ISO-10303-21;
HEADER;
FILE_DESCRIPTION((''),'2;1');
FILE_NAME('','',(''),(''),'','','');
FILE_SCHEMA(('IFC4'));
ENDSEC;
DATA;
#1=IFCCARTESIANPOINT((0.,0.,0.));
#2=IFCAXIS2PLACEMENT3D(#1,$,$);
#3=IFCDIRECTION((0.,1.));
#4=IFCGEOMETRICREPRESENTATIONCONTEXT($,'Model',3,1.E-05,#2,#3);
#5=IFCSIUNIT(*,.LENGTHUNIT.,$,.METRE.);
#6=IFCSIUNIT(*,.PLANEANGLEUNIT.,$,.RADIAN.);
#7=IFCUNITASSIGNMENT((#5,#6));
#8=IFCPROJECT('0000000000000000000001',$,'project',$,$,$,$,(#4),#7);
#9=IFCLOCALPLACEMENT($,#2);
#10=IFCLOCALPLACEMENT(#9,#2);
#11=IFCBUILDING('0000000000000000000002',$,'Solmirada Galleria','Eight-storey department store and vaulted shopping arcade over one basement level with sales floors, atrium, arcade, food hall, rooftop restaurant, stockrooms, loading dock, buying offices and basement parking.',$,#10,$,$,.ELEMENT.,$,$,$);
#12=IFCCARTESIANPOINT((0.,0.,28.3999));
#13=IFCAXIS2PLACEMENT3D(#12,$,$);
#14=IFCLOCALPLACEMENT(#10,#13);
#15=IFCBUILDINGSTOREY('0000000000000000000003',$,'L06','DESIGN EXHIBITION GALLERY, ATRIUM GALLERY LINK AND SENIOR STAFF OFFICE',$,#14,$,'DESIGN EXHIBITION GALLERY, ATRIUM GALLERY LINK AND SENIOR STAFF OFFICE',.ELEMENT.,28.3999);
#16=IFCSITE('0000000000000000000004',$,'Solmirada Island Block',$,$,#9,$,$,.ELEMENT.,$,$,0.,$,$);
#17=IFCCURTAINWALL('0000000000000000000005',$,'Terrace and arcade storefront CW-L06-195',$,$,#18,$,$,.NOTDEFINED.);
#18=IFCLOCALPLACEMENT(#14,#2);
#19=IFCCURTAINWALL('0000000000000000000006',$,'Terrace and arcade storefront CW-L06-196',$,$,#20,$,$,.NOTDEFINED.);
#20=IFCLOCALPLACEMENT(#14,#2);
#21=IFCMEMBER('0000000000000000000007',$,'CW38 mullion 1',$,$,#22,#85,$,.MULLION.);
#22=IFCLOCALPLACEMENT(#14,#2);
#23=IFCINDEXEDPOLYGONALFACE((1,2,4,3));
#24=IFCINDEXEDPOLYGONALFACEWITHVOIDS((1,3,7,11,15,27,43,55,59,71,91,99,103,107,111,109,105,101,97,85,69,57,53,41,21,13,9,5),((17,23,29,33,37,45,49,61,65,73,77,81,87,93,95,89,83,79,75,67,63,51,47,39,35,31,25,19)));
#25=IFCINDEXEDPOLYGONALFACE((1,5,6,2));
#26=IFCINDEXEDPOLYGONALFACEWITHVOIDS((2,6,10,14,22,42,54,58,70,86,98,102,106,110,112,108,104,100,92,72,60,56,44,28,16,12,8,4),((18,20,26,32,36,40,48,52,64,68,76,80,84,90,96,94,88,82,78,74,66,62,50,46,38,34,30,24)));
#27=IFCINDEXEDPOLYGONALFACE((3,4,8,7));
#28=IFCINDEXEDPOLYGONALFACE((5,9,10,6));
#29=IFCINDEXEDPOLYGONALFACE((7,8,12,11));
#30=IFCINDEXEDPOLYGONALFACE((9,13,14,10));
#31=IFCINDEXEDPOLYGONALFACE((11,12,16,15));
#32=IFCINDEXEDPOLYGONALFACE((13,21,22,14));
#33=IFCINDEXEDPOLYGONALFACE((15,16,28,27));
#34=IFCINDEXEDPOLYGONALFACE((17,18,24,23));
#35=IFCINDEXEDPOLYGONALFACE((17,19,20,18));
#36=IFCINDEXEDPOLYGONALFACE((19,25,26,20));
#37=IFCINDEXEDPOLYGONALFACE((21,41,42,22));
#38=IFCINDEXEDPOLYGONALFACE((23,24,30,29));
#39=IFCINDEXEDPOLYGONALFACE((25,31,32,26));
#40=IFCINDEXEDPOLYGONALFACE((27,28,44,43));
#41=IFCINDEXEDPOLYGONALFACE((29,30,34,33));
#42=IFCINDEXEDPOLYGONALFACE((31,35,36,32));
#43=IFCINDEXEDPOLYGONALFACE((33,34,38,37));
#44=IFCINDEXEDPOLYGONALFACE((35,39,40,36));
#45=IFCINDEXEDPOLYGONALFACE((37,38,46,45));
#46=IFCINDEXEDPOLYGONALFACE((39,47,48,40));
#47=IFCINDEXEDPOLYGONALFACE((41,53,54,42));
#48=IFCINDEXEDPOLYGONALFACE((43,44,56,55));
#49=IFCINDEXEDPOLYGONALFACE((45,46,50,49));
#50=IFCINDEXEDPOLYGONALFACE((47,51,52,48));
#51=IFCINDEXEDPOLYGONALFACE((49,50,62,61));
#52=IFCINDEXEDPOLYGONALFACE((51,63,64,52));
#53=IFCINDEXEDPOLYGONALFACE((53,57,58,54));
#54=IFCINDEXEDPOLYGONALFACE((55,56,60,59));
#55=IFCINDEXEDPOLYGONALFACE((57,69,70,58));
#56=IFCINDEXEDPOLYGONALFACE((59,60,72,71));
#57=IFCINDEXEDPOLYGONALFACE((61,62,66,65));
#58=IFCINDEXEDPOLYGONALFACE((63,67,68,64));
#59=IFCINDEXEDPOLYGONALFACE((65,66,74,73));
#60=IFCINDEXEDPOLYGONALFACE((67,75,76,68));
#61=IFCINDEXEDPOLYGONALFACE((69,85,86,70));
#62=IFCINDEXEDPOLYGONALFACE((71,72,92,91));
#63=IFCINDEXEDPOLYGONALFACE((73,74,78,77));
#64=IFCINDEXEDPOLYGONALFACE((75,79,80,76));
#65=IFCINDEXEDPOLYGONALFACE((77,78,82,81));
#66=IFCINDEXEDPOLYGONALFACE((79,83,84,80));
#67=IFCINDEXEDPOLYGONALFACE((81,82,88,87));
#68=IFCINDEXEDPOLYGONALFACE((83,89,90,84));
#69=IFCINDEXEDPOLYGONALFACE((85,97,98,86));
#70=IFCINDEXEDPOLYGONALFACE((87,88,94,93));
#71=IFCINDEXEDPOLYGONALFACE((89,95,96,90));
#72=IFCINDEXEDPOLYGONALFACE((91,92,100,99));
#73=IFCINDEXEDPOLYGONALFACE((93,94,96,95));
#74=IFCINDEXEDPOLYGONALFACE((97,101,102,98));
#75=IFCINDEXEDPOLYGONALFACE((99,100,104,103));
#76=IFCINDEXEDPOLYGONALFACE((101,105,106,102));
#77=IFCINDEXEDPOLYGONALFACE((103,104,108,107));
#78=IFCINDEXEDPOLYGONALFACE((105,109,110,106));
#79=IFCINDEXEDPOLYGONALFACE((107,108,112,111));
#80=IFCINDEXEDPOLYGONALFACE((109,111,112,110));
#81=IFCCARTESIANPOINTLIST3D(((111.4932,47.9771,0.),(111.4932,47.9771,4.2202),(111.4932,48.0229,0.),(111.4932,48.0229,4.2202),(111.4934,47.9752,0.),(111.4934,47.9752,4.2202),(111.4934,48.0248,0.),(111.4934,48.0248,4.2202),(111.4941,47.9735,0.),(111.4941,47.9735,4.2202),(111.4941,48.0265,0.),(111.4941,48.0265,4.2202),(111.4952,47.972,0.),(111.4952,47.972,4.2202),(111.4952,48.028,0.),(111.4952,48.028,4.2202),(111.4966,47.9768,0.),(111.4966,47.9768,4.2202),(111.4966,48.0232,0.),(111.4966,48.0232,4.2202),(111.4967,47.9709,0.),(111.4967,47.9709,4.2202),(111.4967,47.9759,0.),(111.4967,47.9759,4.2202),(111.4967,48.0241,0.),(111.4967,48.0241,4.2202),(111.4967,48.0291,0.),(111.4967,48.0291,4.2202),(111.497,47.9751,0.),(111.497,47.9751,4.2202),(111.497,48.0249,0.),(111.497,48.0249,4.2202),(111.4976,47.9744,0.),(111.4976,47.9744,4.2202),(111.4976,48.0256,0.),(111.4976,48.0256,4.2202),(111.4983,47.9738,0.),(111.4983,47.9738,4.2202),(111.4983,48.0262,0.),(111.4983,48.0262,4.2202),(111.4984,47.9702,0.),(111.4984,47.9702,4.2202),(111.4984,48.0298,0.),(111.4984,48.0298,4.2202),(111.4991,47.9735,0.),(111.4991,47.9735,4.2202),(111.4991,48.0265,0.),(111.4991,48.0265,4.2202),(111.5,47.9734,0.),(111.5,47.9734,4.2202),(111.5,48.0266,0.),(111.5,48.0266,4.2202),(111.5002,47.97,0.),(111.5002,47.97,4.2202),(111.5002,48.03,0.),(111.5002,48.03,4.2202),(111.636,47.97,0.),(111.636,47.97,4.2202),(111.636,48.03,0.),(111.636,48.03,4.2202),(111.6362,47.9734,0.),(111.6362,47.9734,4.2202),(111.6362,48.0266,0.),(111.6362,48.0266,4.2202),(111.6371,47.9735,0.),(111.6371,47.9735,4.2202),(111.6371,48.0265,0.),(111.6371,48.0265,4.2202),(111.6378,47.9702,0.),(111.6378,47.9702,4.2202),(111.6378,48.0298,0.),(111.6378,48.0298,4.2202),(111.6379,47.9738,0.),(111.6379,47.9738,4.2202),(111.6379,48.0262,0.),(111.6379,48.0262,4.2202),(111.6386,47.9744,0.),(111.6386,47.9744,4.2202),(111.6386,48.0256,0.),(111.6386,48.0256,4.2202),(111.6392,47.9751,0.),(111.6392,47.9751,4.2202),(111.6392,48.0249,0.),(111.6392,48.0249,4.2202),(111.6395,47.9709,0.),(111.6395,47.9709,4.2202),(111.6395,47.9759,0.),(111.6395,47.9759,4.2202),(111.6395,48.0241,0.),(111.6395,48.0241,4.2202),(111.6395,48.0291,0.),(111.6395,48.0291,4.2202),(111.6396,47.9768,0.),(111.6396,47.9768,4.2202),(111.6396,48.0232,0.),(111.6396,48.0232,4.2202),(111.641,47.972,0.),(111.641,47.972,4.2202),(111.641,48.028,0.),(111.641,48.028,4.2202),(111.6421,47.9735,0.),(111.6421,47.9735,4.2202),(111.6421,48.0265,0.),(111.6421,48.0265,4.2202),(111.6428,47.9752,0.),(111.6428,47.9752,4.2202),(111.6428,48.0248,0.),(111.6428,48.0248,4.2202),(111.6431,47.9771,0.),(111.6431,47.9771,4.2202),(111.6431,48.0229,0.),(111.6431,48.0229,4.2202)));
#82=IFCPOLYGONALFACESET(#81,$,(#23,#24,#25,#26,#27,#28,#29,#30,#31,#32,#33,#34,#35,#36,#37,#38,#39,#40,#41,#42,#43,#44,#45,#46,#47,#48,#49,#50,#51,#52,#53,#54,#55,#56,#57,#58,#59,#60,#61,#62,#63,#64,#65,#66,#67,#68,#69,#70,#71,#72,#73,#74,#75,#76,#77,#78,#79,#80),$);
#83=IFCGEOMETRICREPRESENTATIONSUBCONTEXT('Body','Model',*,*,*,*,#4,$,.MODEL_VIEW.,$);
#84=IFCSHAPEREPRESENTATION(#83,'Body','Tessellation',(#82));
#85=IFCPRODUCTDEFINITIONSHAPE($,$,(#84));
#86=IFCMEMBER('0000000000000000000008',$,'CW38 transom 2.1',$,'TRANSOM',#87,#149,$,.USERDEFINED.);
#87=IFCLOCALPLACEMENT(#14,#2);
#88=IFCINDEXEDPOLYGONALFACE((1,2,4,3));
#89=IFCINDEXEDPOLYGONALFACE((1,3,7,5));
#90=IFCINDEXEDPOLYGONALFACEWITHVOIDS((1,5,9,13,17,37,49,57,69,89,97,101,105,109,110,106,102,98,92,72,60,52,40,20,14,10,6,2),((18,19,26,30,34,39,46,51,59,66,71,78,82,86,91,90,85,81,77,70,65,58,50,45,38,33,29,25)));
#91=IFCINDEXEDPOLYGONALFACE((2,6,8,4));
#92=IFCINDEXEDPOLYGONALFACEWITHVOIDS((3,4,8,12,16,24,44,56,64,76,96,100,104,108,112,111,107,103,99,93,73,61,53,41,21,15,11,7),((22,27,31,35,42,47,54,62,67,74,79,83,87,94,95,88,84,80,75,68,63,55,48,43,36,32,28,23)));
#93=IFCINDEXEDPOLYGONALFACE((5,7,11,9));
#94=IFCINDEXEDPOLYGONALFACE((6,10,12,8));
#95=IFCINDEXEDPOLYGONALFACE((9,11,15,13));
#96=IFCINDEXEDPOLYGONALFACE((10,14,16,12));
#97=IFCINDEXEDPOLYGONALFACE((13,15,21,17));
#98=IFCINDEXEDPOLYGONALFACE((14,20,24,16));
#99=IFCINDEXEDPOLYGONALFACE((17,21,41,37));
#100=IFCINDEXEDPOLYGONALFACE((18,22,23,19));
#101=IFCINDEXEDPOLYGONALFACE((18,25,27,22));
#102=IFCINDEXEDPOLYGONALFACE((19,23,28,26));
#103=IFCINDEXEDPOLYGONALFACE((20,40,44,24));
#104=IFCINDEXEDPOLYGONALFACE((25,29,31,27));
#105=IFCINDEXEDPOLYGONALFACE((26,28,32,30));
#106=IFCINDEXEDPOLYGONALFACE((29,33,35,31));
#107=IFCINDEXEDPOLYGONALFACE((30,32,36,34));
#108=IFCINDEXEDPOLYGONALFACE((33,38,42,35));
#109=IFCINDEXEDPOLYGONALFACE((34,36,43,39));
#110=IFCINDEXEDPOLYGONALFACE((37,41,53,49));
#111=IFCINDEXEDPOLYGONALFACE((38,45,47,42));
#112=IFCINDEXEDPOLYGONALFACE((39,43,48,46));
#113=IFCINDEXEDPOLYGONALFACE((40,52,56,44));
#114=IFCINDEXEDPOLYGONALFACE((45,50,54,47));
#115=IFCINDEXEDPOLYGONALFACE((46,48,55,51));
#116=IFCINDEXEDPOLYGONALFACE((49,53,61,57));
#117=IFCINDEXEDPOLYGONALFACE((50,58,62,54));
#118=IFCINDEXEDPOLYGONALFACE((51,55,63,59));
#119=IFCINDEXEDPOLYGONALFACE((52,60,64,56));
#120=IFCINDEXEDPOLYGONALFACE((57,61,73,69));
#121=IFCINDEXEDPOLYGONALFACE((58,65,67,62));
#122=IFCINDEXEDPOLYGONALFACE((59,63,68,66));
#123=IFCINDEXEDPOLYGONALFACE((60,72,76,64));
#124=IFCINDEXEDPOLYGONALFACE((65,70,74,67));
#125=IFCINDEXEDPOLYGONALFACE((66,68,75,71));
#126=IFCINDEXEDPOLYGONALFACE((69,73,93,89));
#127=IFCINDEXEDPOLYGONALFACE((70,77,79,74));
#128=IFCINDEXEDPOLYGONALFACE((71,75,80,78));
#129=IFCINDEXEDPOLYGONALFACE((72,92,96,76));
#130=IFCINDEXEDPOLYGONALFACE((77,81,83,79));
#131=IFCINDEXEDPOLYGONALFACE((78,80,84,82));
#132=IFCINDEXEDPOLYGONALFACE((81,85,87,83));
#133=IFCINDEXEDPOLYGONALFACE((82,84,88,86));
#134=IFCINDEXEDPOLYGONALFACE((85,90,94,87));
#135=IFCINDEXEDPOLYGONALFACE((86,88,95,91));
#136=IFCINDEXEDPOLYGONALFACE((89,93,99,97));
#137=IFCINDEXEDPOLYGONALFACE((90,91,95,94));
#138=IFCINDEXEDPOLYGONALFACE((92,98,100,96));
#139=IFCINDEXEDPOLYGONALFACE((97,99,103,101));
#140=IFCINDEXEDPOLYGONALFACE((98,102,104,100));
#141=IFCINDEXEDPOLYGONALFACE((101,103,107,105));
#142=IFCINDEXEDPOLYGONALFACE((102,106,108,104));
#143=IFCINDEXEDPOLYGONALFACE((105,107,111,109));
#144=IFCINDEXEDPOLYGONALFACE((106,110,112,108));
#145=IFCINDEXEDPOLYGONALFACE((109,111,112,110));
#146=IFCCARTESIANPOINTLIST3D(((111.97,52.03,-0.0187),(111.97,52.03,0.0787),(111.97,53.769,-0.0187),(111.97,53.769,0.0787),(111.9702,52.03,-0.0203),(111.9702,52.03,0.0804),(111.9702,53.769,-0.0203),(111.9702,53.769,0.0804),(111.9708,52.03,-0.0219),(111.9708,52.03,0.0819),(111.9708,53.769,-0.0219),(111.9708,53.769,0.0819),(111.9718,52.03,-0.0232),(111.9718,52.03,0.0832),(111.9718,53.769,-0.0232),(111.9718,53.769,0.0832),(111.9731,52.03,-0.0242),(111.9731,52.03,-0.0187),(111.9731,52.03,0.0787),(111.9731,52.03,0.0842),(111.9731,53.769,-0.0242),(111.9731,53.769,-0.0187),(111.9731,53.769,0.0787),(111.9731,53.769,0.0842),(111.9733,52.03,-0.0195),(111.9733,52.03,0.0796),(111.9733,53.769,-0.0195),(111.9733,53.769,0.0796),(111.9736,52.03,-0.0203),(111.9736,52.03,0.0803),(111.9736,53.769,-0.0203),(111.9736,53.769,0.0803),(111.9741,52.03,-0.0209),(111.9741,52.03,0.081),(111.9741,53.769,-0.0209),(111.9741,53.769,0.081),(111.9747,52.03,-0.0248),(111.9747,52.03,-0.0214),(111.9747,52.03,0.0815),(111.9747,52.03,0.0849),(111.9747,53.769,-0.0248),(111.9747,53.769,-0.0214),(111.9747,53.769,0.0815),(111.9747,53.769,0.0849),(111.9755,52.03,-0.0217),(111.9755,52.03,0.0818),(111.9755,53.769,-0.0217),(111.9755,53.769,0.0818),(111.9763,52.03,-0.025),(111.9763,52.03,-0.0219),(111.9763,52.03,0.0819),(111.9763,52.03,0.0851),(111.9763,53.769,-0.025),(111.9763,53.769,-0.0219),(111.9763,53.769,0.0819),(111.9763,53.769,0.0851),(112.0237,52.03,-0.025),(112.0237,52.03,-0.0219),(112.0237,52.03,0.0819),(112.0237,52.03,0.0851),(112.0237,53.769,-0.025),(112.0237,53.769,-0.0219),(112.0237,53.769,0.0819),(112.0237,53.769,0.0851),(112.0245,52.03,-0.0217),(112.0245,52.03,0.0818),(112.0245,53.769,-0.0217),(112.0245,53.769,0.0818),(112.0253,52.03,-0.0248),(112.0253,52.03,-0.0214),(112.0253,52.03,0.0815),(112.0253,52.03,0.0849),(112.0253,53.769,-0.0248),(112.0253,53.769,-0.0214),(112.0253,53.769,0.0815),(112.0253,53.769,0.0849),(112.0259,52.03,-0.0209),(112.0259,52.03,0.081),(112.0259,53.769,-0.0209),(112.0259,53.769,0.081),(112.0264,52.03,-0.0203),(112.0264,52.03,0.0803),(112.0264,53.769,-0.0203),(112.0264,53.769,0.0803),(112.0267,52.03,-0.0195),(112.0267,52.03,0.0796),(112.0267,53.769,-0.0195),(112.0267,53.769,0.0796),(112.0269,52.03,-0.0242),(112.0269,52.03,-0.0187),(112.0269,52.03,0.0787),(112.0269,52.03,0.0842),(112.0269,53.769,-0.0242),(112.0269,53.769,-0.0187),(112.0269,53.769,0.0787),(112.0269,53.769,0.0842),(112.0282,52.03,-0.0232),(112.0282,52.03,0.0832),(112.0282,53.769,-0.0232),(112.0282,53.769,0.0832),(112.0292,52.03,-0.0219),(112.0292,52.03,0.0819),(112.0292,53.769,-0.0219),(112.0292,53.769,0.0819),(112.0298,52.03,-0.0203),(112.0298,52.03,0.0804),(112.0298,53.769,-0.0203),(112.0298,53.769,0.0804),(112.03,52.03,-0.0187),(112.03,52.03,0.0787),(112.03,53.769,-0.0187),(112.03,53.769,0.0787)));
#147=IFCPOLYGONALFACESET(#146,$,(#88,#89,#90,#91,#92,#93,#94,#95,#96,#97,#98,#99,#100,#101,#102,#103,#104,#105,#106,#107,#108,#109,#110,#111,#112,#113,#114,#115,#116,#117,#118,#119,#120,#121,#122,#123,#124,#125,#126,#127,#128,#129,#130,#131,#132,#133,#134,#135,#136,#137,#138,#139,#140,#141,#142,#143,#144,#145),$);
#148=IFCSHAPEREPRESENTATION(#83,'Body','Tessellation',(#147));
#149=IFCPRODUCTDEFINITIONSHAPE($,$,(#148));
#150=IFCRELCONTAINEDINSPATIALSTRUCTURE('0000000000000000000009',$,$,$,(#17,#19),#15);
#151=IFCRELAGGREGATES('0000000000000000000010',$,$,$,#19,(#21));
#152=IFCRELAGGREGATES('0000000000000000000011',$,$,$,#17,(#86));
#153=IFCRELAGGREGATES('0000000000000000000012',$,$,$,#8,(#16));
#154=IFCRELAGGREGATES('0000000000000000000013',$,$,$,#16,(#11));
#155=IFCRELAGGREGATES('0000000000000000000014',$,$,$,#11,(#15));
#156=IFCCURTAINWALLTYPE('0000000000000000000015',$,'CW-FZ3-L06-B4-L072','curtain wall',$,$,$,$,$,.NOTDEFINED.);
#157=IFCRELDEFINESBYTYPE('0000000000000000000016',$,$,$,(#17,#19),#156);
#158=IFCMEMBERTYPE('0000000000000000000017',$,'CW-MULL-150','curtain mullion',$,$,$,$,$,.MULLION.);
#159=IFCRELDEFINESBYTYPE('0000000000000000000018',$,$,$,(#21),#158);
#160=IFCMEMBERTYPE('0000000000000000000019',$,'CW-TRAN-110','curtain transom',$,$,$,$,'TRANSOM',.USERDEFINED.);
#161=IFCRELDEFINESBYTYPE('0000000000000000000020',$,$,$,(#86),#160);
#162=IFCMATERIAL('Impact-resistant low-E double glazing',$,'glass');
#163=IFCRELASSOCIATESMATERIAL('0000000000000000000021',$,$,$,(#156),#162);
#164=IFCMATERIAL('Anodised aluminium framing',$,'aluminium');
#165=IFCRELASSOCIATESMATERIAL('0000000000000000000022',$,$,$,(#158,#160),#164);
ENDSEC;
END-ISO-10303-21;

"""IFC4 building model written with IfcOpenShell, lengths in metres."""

from ifc_helpers import new_model, si_unit, direction, frame, origin, origin_2d, place, context, subcontext, project, spatial, hollow_rectangle, extrude, material, material_profile, profile_set, type_object, element, aggregate, save


model = new_model("IFC4")

# Units and contexts
model_context = context("Model", 3, precision=1e-05, world=origin(), true_north=direction((0.0, 1.0)))
body_context = subcontext(model_context, "Body", "Model", "MODEL_VIEW")
ifc_project = project(units=[si_unit("LENGTHUNIT", "METRE"), si_unit("PLANEANGLEUNIT", "RADIAN")], contexts=[model_context])

# Site, building, storey
site_placement = place(None, origin())
site = spatial("IfcSite", under=ifc_project, at=site_placement, Name="Solmirada Island Block", CompositionType="ELEMENT", RefElevation=0.0)
building_placement = place(site_placement, origin())
building = spatial("IfcBuilding", under=site, at=building_placement, Name="Solmirada Galleria", Description="Eight-storey department store and vaulted shopping arcade over one basement level with sales floors, atrium, arcade, food hall, rooftop restaurant, stockrooms, loading dock, buying offices and basement parking.", CompositionType="ELEMENT")
storey_placement = place(building_placement, frame((0.0, 0.0, 28.3999)))
storey = spatial("IfcBuildingStorey", under=building, at=storey_placement, Name="L06", Description="DESIGN EXHIBITION GALLERY, ATRIUM GALLERY LINK AND SENIOR STAFF OFFICE", LongName="DESIGN EXHIBITION GALLERY, ATRIUM GALLERY LINK AND SENIOR STAFF OFFICE", CompositionType="ELEMENT", Elevation=28.3999)

# Curtain wall
ifc_material_1 = material(Name="Impact-resistant low-E double glazing", Category="glass")
curtain_wall_type = type_object("IfcCurtainWallType", Name="CW-FZ3-L06-B4-L072", Description="curtain wall", PredefinedType="NOTDEFINED", material=ifc_material_1)
curtain_wall_1_placement = place(storey_placement, origin())
curtain_wall_1 = element("IfcCurtainWall", 1, at=curtain_wall_1_placement, inside=storey, type_object=curtain_wall_type, Name="Terrace and arcade storefront CW-L06-195", PredefinedType="NOTDEFINED")
ifc_material_2 = material(Name="Anodised aluminium framing", Category="aluminium")
ifc_material_profile_1 = material_profile(ifc_material_2, hollow_rectangle(XDim=0.0601, YDim=0.1499, WallThickness=0.0034, InnerFilletRadius=0.0034, OuterFilletRadius=0.0071, at=origin_2d()), Name="ALU-MULL-150X60")
ifc_profile_set_1 = profile_set([ifc_material_profile_1], Name="Anodised aluminium framing")
member_type_1 = type_object("IfcMemberType", Name="CW-MULL-150", Description="curtain mullion", PredefinedType="MULLION", material=ifc_profile_set_1)

# Curtain wall, member
curtain_wall_2_placement = place(storey_placement, origin())
curtain_wall_2 = element("IfcCurtainWall", 2, at=curtain_wall_2_placement, inside=storey, type_object=curtain_wall_type, Name="Terrace and arcade storefront CW-L06-196", PredefinedType="NOTDEFINED")
member_1_placement = place(storey_placement, frame((111.5681, 48.0, 0.0), z_axis=(0.0, 0.0, 1.0), x_axis=(0.0, -1.0, 0.0)))
member_1 = element("IfcMember", 3, at=member_1_placement, type_object=member_type_1, Name="CW38 mullion 1", PredefinedType="MULLION", context=body_context, shape_type="SweptSolid", body=[
    extrude(hollow_rectangle(XDim=0.0601, YDim=0.1499, WallThickness=0.0034, InnerFilletRadius=0.0034, OuterFilletRadius=0.0071, at=origin_2d()), origin(), (0.0, 0.0, 1.0), 4.2202),
])

# Member
ifc_material_profile_2 = material_profile(ifc_material_2, hollow_rectangle(XDim=0.0601, YDim=0.1101, WallThickness=0.0032, InnerFilletRadius=0.0032, OuterFilletRadius=0.0063, at=origin_2d()), Name="ALU-TRAN-110X60")
ifc_profile_set_2 = profile_set([ifc_material_profile_2], Name="Anodised aluminium framing")
member_type_2 = type_object("IfcMemberType", Name="CW-TRAN-110", Description="curtain transom", ElementType="TRANSOM", PredefinedType="USERDEFINED", material=ifc_profile_set_2)
member_2_placement = place(storey_placement, frame((112.0, 53.769, 0.03), z_axis=(0.0, -1.0, 0.0), x_axis=(1.0, 0.0, 0.0)))
member_2 = element("IfcMember", 4, at=member_2_placement, type_object=member_type_2, Name="CW38 transom 2.1", ObjectType="TRANSOM", PredefinedType="USERDEFINED", context=body_context, shape_type="SweptSolid", body=[
    extrude(hollow_rectangle(XDim=0.0601, YDim=0.1101, WallThickness=0.0032, InnerFilletRadius=0.0032, OuterFilletRadius=0.0063, at=origin_2d()), origin(), (0.0, 0.0, 1.0), 1.739),
])
aggregate(curtain_wall_2, [member_1])

aggregate(curtain_wall_1, [member_2])

save(model, "model.ifc")
